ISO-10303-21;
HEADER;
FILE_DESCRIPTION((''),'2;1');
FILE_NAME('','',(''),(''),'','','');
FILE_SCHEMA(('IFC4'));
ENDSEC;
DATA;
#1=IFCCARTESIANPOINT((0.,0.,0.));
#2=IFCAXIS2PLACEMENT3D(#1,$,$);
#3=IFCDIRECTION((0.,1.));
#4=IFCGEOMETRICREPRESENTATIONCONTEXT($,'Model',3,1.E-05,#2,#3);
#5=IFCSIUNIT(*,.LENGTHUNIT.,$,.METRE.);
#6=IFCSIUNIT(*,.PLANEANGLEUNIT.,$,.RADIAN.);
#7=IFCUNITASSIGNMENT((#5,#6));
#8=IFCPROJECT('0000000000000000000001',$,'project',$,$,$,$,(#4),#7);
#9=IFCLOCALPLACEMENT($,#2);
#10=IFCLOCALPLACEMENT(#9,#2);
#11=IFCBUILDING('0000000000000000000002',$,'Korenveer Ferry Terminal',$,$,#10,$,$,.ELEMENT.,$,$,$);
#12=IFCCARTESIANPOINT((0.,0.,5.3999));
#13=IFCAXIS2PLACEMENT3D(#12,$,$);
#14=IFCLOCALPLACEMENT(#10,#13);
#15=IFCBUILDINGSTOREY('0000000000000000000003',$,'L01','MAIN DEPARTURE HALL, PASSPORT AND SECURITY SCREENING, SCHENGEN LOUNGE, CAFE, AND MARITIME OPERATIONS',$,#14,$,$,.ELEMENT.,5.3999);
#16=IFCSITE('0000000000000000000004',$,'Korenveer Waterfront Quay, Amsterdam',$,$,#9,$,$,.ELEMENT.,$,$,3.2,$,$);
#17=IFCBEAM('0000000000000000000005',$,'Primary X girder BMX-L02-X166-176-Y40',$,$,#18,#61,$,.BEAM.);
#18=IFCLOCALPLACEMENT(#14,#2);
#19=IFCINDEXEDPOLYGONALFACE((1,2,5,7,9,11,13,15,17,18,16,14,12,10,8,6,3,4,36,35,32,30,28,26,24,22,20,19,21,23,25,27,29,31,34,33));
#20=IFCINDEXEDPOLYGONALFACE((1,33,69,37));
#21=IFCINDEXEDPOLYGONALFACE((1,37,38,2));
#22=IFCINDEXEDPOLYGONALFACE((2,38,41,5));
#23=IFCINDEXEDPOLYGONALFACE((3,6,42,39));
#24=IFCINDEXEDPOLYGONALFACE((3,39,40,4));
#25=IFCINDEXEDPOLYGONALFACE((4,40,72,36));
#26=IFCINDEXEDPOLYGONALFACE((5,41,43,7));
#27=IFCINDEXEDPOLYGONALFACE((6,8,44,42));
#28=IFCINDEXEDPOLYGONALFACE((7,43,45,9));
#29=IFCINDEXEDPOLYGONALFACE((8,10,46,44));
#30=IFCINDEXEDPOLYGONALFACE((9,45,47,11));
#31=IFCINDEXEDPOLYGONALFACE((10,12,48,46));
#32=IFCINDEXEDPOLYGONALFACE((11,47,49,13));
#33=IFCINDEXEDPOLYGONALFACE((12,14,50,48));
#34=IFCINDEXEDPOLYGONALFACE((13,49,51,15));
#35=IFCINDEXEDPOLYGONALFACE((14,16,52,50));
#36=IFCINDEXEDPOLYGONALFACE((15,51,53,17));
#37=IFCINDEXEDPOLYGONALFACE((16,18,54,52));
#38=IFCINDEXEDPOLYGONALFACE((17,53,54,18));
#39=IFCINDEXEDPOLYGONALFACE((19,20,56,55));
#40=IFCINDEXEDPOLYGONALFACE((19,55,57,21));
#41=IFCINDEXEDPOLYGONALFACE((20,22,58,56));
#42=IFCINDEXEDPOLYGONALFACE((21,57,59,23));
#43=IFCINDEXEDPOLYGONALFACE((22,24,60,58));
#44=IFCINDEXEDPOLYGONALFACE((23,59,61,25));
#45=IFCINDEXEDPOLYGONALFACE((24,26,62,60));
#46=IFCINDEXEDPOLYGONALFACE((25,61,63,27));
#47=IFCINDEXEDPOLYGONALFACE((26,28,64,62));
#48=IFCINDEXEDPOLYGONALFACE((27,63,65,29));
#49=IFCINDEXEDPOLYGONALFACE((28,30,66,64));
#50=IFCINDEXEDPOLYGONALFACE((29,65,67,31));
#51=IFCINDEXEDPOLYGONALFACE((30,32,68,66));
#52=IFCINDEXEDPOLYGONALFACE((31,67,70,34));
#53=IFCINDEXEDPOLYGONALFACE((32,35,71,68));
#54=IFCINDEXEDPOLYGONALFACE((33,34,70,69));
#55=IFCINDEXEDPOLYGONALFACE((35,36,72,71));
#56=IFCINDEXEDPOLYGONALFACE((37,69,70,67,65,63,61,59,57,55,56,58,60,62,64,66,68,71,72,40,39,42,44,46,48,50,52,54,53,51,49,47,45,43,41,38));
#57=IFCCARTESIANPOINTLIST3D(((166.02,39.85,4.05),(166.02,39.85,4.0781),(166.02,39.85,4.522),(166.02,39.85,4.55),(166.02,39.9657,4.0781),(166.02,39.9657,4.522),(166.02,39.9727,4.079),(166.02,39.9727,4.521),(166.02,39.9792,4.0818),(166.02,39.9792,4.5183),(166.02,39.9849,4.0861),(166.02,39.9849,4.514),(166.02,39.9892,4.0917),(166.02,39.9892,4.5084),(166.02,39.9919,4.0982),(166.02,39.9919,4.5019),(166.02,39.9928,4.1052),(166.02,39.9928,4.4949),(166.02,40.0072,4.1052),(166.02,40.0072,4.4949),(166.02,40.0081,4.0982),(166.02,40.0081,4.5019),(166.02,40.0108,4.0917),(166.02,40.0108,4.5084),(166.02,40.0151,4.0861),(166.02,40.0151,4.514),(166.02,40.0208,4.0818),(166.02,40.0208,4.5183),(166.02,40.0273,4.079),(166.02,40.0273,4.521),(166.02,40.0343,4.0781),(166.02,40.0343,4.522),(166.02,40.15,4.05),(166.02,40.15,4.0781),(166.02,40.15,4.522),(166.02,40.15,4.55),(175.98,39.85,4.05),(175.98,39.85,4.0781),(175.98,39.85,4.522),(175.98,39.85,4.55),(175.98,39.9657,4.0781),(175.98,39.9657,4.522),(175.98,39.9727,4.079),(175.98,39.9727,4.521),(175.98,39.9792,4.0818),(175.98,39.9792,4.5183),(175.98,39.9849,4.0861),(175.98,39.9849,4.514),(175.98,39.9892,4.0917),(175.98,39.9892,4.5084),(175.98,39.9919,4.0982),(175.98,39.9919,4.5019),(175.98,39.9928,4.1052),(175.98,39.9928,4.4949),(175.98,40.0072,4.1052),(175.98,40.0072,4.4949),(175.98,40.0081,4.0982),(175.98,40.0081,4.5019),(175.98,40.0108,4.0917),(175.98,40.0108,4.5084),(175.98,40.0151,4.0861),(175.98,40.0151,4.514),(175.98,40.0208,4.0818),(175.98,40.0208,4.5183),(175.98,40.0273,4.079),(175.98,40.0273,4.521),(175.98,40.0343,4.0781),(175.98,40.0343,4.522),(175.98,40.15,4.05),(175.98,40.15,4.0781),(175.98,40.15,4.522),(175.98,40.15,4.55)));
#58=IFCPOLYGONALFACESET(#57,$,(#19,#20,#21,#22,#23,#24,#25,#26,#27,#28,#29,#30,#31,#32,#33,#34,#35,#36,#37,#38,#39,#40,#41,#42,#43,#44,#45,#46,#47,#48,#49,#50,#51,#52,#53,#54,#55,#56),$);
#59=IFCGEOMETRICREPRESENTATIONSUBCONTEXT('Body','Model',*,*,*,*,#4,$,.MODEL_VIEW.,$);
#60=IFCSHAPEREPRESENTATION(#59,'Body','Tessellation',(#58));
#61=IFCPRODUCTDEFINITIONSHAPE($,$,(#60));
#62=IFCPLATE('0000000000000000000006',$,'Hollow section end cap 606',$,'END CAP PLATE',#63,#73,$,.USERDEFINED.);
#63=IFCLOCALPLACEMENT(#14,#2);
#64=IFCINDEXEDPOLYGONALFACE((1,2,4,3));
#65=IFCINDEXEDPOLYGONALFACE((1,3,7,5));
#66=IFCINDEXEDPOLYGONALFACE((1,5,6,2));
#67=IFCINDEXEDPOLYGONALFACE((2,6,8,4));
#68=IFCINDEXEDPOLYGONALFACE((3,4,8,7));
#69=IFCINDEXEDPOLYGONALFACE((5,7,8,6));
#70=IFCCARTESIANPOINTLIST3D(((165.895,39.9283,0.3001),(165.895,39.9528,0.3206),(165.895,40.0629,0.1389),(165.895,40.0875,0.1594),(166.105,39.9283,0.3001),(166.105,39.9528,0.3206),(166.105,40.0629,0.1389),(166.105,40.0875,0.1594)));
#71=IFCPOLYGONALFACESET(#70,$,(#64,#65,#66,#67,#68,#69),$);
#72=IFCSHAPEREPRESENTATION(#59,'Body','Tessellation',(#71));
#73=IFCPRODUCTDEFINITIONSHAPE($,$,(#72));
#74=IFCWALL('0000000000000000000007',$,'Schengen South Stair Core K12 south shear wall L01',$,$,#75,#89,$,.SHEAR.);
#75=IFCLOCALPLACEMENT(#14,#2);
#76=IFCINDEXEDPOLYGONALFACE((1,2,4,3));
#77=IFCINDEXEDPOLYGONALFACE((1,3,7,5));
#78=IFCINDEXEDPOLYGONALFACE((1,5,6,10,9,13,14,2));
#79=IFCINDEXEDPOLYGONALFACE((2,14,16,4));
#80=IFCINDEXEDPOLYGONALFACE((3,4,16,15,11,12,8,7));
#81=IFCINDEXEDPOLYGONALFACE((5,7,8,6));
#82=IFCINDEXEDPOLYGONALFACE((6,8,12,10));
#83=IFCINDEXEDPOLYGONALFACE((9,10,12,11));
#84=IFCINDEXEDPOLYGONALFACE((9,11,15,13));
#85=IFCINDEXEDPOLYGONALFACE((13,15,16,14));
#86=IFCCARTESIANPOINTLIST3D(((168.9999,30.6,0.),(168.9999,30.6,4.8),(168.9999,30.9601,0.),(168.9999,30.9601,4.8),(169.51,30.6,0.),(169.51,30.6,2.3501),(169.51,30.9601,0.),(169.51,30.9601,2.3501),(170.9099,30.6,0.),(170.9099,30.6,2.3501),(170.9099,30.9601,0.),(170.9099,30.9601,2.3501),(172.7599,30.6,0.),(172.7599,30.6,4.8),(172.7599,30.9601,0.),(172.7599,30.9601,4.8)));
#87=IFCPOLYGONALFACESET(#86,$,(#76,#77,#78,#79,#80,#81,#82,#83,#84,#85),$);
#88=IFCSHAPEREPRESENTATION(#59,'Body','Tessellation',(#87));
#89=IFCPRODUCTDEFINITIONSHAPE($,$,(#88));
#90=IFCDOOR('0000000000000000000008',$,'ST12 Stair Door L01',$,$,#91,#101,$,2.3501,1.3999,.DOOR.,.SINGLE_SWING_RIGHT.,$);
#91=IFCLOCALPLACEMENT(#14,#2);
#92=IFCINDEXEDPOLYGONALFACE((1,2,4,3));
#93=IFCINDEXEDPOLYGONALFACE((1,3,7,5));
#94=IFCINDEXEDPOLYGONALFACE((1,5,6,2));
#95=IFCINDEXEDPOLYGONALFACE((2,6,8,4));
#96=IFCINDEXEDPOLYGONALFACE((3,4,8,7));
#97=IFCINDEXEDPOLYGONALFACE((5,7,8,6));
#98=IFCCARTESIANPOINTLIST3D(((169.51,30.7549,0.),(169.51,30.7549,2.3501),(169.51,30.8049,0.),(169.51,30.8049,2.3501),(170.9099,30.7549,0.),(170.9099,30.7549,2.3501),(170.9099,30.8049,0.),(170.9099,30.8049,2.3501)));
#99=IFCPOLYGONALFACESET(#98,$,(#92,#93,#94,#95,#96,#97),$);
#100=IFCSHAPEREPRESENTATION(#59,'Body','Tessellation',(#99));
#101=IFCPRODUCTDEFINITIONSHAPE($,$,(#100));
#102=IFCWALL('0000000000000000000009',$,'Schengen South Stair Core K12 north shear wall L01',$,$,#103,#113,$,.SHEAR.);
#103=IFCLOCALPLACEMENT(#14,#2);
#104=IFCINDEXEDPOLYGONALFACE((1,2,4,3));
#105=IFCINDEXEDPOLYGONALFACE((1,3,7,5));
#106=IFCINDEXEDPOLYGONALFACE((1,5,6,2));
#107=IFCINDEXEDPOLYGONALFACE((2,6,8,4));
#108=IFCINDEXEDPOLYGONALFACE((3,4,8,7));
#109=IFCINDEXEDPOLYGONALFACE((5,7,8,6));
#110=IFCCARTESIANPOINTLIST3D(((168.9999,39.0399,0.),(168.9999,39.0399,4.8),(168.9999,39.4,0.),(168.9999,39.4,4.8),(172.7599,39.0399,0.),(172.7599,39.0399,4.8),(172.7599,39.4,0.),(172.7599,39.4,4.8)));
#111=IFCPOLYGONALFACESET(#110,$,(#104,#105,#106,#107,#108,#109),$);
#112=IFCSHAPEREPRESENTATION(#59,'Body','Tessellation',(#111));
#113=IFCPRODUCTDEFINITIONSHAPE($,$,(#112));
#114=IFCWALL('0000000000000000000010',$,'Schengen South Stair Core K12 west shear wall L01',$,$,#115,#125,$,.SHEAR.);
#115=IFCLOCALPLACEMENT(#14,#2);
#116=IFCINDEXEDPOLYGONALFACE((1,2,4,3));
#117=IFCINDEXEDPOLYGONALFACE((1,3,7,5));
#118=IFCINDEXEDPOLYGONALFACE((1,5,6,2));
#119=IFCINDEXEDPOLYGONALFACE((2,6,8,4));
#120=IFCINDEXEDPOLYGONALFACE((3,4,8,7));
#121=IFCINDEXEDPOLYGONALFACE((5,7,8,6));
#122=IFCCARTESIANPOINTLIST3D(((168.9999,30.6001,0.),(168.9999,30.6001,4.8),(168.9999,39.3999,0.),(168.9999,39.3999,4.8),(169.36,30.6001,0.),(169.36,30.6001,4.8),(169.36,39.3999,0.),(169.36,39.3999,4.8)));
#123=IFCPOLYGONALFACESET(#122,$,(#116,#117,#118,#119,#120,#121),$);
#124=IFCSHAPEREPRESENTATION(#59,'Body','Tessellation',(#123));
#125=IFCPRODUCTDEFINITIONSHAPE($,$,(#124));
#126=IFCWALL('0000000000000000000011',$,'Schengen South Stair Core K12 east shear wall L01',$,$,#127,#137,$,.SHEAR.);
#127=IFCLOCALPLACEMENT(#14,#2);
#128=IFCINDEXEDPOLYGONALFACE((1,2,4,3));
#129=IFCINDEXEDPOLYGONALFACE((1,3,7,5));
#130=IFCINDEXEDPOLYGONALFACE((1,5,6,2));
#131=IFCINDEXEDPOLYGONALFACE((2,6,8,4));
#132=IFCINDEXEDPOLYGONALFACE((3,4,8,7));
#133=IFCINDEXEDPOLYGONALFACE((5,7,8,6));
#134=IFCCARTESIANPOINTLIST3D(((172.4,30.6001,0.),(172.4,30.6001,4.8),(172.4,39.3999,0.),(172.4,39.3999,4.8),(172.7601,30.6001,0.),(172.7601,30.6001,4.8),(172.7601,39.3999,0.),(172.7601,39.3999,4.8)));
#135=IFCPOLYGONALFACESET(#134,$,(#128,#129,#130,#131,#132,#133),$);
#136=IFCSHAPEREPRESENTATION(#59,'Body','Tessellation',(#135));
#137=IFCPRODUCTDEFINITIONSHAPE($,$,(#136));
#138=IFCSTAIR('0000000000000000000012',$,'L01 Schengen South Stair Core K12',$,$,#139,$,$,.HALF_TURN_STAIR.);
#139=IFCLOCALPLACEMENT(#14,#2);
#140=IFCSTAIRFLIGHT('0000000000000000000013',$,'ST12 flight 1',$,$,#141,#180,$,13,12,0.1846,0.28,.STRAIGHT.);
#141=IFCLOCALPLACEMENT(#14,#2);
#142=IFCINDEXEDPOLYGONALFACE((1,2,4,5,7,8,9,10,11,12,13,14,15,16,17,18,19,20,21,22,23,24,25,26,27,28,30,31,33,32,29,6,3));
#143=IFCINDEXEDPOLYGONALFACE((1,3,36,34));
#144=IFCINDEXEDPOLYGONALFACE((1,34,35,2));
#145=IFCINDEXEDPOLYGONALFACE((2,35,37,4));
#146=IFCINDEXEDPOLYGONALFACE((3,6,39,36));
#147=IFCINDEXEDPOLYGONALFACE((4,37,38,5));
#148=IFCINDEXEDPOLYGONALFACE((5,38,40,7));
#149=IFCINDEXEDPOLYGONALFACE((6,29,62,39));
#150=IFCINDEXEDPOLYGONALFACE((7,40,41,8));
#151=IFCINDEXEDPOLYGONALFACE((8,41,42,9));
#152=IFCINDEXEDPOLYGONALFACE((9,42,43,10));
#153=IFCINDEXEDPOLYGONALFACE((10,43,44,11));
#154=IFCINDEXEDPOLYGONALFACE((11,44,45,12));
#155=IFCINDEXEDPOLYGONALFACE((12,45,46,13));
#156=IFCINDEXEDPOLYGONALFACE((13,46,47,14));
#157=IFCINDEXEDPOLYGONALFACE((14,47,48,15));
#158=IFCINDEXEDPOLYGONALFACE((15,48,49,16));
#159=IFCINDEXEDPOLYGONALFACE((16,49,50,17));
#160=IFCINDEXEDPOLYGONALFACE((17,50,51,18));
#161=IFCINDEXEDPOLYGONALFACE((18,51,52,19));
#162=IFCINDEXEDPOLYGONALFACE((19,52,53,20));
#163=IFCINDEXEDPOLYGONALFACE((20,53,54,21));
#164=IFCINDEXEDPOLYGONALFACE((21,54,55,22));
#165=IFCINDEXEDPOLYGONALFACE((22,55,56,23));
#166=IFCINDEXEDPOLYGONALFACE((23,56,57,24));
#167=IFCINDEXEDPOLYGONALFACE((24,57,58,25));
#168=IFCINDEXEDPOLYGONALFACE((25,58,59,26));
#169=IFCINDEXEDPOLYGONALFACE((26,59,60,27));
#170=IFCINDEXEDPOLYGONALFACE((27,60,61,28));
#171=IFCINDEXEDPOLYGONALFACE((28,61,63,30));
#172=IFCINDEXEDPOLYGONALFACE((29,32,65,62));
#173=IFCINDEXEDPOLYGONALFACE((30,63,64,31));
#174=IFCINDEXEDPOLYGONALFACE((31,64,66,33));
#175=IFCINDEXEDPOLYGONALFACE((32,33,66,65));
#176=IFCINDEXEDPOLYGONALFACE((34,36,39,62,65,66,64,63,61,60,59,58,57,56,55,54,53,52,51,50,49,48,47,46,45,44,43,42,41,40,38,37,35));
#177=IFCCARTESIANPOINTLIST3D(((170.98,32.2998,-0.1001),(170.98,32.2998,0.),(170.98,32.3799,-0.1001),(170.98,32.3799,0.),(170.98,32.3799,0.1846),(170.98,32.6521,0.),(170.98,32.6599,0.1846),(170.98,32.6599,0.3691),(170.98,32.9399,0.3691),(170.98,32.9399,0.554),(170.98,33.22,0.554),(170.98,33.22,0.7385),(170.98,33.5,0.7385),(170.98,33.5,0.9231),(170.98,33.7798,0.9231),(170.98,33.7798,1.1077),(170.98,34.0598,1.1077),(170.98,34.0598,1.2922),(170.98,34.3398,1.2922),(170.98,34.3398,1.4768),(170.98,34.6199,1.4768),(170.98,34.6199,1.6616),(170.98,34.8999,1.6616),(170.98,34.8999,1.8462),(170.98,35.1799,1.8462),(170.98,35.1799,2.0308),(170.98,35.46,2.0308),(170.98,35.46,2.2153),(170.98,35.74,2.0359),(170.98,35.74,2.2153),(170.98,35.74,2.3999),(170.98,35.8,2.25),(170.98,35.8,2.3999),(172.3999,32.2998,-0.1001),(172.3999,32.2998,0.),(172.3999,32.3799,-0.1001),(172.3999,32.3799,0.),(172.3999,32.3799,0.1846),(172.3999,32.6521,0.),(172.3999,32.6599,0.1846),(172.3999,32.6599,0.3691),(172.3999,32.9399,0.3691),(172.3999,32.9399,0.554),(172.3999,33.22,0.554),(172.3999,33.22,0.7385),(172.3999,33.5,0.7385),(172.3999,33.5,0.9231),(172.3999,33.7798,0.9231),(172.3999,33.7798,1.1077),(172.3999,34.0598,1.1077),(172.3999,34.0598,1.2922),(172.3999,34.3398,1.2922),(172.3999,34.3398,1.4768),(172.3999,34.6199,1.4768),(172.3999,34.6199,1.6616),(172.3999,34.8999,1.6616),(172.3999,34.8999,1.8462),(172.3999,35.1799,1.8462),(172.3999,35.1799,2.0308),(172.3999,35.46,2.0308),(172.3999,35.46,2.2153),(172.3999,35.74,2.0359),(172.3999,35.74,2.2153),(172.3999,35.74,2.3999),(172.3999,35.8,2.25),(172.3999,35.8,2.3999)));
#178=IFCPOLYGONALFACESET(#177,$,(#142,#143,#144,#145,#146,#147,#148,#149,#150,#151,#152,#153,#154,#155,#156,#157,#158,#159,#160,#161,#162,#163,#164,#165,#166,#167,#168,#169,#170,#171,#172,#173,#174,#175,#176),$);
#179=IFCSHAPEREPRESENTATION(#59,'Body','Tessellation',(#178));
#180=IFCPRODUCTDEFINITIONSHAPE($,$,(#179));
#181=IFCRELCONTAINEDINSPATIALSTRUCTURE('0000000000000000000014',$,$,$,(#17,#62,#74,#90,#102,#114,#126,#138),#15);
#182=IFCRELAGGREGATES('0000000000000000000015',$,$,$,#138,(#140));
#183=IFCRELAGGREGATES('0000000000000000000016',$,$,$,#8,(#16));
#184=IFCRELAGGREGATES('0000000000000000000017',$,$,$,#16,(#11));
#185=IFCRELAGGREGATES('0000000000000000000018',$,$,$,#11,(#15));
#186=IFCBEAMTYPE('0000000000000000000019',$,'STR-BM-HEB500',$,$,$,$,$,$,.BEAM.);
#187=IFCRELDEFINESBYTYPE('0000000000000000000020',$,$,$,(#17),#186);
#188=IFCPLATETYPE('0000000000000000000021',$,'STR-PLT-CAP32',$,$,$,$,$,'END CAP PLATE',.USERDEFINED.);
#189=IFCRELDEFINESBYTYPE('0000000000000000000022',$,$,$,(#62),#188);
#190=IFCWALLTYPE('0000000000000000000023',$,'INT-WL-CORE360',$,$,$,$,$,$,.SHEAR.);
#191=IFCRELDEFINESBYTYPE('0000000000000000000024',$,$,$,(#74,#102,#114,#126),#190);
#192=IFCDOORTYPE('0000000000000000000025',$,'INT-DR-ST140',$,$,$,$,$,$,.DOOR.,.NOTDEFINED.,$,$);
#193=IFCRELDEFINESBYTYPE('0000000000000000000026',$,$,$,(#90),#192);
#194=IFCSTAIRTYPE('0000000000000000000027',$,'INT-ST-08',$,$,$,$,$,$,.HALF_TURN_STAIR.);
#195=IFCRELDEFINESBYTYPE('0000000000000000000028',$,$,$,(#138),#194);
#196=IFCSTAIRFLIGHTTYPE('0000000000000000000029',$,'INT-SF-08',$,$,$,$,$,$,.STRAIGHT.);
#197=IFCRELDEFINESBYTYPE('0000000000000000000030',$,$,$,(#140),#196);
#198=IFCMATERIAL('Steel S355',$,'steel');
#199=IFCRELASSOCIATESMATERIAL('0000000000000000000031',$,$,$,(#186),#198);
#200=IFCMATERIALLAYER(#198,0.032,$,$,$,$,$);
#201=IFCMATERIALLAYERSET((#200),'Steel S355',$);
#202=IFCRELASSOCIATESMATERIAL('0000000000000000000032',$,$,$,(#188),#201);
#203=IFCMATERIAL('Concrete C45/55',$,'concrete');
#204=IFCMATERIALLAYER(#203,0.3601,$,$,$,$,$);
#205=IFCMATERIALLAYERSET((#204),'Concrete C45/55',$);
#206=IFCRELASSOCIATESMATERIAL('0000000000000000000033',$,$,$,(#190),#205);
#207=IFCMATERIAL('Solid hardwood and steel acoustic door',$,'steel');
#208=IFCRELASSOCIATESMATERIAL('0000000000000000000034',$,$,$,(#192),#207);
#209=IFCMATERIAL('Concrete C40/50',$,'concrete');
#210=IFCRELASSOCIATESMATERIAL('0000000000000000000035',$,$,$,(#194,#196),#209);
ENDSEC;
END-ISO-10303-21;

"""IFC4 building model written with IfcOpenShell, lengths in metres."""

from ifc_helpers import new_model, si_unit, direction, frame, frame_2d, origin, origin_2d, place, context, subcontext, project, spatial, polyline, rectangle, i_section, outline, extrude, material, layer, layer_set, material_profile, profile_set, type_object, element, fill, aggregate, save


model = new_model("IFC4")

# Units and contexts
model_context = context("Model", 3, precision=1e-05, world=origin(), true_north=direction((0.0, 1.0)))
body_context = subcontext(model_context, "Body", "Model", "MODEL_VIEW")
ifc_project = project(units=[si_unit("LENGTHUNIT", "METRE"), si_unit("PLANEANGLEUNIT", "RADIAN")], contexts=[model_context])

# Site, building, storey
site_placement = place(None, origin())
site = spatial("IfcSite", under=ifc_project, at=site_placement, Name="Korenveer Waterfront Quay, Amsterdam", CompositionType="ELEMENT", RefElevation=3.2)
building_placement = place(site_placement, origin())
building = spatial("IfcBuilding", under=site, at=building_placement, Name="Korenveer Ferry Terminal", CompositionType="ELEMENT")
storey_placement = place(building_placement, frame((0.0, 0.0, 5.3999)))
storey = spatial("IfcBuildingStorey", under=building, at=storey_placement, Name="L01", Description="MAIN DEPARTURE HALL, PASSPORT AND SECURITY SCREENING, SCHENGEN LOUNGE, CAFE, AND MARITIME OPERATIONS", CompositionType="ELEMENT", Elevation=5.3999)

# Shared definitions
ifc_material_1 = material(Name="Concrete C45/55", Category="concrete")

# Beam
ifc_material_2 = material(Name="Steel S355", Category="steel")
ifc_material_profile_1 = material_profile(ifc_material_2, i_section(OverallWidth=0.3, OverallDepth=0.5, WebThickness=0.0144, FlangeThickness=0.0281, FilletRadius=0.0271, at=origin_2d()), Name="HEB 500")
ifc_profile_set_1 = profile_set([ifc_material_profile_1], Name="Steel S355")
beam_type_1 = type_object("IfcBeamType", Name="STR-BM-HEB500", PredefinedType="BEAM", material=ifc_profile_set_1)
for number, where, z_axis, x_axis, name in (
    (1, (166.02, 40.0, 4.3), (1.0, 0.0, 0.0), (0.0, 1.0, 0.0), "Primary X girder BMX-L02-X166-176-Y40"),
):
    element("IfcBeam", number, at=place(storey_placement, frame(where, z_axis=z_axis, x_axis=x_axis)), inside=storey, type_object=beam_type_1, Name=name, PredefinedType="BEAM", context=body_context, shape_type="SweptSolid", body=[
        extrude(i_section(OverallWidth=0.3, OverallDepth=0.5, WebThickness=0.0144, FlangeThickness=0.0281, FilletRadius=0.0271, at=origin_2d()), origin(), (0.0, 0.0, 1.0), 9.96),
    ])

# Plate
ifc_layer_1 = layer(ifc_material_2, 0.032)
ifc_layer_set_1 = layer_set([ifc_layer_1], Name="Steel S355")
plate_type = type_object("IfcPlateType", Name="STR-PLT-CAP32", ElementType="END CAP PLATE", PredefinedType="USERDEFINED", material=ifc_layer_set_1)
plate_placement = place(storey_placement, frame((166.0, 39.9956, 0.2195), z_axis=(0.0, 0.767463, 0.641093), x_axis=(-1.0, 0.0, 0.0)))
element("IfcPlate", 2, at=plate_placement, inside=storey, type_object=plate_type, Name="Hollow section end cap 606", ObjectType="END CAP PLATE", PredefinedType="USERDEFINED", context=body_context, shape_type="SweptSolid", body=[
    extrude(rectangle(XDim=0.21, YDim=0.21, at=origin_2d()), origin(), (0.0, 0.0, 1.0), 0.032),
])

# Wall, opening, door
ifc_layer_2 = layer(ifc_material_1, 0.3601)
ifc_layer_set_2 = layer_set([ifc_layer_2], Name="Concrete C45/55")
wall_type = type_object("IfcWallType", Name="INT-WL-CORE360", PredefinedType="SHEAR", material=ifc_layer_set_2)
wall_1_placement = place(storey_placement, frame((169.0, 30.78, 0.0), z_axis=(0.0, 0.0, 1.0), x_axis=(1.0, 0.0, 0.0)))
wall_1 = element("IfcWall", 3, at=wall_1_placement, inside=storey, type_object=wall_type, Name="Schengen South Stair Core K12 south shear wall L01", PredefinedType="SHEAR", context=body_context, shape_type="SweptSolid", body=[
    extrude(rectangle(XDim=3.76, YDim=0.3601, at=frame_2d((1.8799, 0.0))), origin(), (0.0, 0.0, 1.0), 4.8),
])
opening_placement = place(wall_1_placement, frame((0.51, 0.0, 0.0)))
opening = element("IfcOpeningElement", 4, at=opening_placement, cuts=wall_1, PredefinedType="OPENING", context=body_context, shape_type="SweptSolid", body=[
    extrude(rectangle(XDim=1.3999, YDim=2.3501, at=frame_2d((0.7, 1.175))), frame((0.0, 0.1899, 0.0), z_axis=(0.0, -1.0, 0.0), x_axis=(1.0, 0.0, 0.0)), (0.0, 0.0, 1.0), 0.3801),
])
ifc_material_3 = material(Name="Solid hardwood and steel acoustic door", Category="steel")
door_type = type_object("IfcDoorType", Name="INT-DR-ST140", OperationType="NOTDEFINED", PredefinedType="DOOR", material=ifc_material_3)
door_placement = place(opening_placement, origin())
door = element("IfcDoor", 5, at=door_placement, inside=storey, type_object=door_type, Name="ST12 Stair Door L01", OperationType="SINGLE_SWING_RIGHT", OverallHeight=2.3501, OverallWidth=1.3999, PredefinedType="DOOR", context=body_context, shape_type="SweptSolid", body=[
    extrude(rectangle(XDim=1.3999, YDim=2.3501, at=frame_2d((0.7, 1.175))), frame((0.0, 0.0249, 0.0), z_axis=(0.0, -1.0, 0.0), x_axis=(1.0, 0.0, 0.0)), (0.0, 0.0, 1.0), 0.05),
])
fill(opening, door)

# Walls
wall_2_placement = place(storey_placement, frame((169.0, 39.22, 0.0), z_axis=(0.0, 0.0, 1.0), x_axis=(1.0, 0.0, 0.0)))
element("IfcWall", 6, at=wall_2_placement, inside=storey, type_object=wall_type, Name="Schengen South Stair Core K12 north shear wall L01", PredefinedType="SHEAR", context=body_context, shape_type="SweptSolid", body=[
    extrude(rectangle(XDim=3.76, YDim=0.3601, at=frame_2d((1.8799, 0.0))), origin(), (0.0, 0.0, 1.0), 4.8),
])
for number, where, z_axis, x_axis, name in (
    (7, (169.1799, 30.6001, 0.0), (0.0, 0.0, 1.0), (0.0, 1.0, 0.0), "Schengen South Stair Core K12 west shear wall L01"),
    (8, (172.5801, 30.6001, 0.0), (0.0, 0.0, 1.0), (0.0, 1.0, 0.0), "Schengen South Stair Core K12 east shear wall L01"),
):
    element("IfcWall", number, at=place(storey_placement, frame(where, z_axis=z_axis, x_axis=x_axis)), inside=storey, type_object=wall_type, Name=name, PredefinedType="SHEAR", context=body_context, shape_type="SweptSolid", body=[
        extrude(rectangle(XDim=8.7998, YDim=0.3601, at=frame_2d((4.3999, 0.0))), origin(), (0.0, 0.0, 1.0), 4.8),
    ])

# Stair, stair flight
ifc_material_4 = material(Name="Concrete C40/50", Category="concrete")
stair_type = type_object("IfcStairType", Name="INT-ST-08", PredefinedType="HALF_TURN_STAIR", material=ifc_material_4)
stair_placement = place(storey_placement, frame((171.6899, 32.3799, 0.0)))
stair = element("IfcStair", 9, at=stair_placement, inside=storey, type_object=stair_type, Name="L01 Schengen South Stair Core K12", PredefinedType="HALF_TURN_STAIR")
stair_flight_type = type_object("IfcStairFlightType", Name="INT-SF-08", PredefinedType="STRAIGHT", material=ifc_material_4)
stair_flight_1_placement = place(storey_placement, frame((171.6899, 32.3799, 0.0), z_axis=(0.0, 0.0, 1.0), x_axis=(0.0, 1.0, 0.0)))
stair_flight_1 = element("IfcStairFlight", 10, at=stair_flight_1_placement, type_object=stair_flight_type, Name="ST12 flight 1", NumberOfRisers=13, NumberOfTreads=12, PredefinedType="STRAIGHT", RiserHeight=0.1846, TreadLength=0.28, context=body_context, shape_type="SweptSolid", body=[
    extrude(outline(polyline([(-0.0801, 0.0), (0.0, 0.0), (0.0, 0.1846), (0.28, 0.1846), (0.28, 0.3691), (0.5601, 0.3691), (0.5601, 0.554), (0.8401, 0.554), (0.8401, 0.7385), (1.1201, 0.7385), (1.1201, 0.9231), (1.3999, 0.9231), (1.3999, 1.1077), (1.6799, 1.1077), (1.6799, 1.2922), (1.96, 1.2922), (1.96, 1.4768), (2.24, 1.4768), (2.24, 1.6616), (2.52, 1.6616), (2.52, 1.8462), (2.8, 1.8462), (2.8, 2.0308), (3.0801, 2.0308), (3.0801, 2.2153), (3.3601, 2.2153), (3.3601, 2.3999), (3.4202, 2.3999), (3.4202, 2.25), (3.3601, 2.0359), (0.2722, 0.0), (0.0, -0.1001), (-0.0801, -0.1001), (-0.0801, 0.0)])), frame((0.0, 0.71, 0.0), z_axis=(0.0, -1.0, 0.0), x_axis=(1.0, 0.0, 0.0)), (0.0, 0.0, 1.0), 1.4199),
])
aggregate(stair, [stair_flight_1])

save(model, "model.ifc")
